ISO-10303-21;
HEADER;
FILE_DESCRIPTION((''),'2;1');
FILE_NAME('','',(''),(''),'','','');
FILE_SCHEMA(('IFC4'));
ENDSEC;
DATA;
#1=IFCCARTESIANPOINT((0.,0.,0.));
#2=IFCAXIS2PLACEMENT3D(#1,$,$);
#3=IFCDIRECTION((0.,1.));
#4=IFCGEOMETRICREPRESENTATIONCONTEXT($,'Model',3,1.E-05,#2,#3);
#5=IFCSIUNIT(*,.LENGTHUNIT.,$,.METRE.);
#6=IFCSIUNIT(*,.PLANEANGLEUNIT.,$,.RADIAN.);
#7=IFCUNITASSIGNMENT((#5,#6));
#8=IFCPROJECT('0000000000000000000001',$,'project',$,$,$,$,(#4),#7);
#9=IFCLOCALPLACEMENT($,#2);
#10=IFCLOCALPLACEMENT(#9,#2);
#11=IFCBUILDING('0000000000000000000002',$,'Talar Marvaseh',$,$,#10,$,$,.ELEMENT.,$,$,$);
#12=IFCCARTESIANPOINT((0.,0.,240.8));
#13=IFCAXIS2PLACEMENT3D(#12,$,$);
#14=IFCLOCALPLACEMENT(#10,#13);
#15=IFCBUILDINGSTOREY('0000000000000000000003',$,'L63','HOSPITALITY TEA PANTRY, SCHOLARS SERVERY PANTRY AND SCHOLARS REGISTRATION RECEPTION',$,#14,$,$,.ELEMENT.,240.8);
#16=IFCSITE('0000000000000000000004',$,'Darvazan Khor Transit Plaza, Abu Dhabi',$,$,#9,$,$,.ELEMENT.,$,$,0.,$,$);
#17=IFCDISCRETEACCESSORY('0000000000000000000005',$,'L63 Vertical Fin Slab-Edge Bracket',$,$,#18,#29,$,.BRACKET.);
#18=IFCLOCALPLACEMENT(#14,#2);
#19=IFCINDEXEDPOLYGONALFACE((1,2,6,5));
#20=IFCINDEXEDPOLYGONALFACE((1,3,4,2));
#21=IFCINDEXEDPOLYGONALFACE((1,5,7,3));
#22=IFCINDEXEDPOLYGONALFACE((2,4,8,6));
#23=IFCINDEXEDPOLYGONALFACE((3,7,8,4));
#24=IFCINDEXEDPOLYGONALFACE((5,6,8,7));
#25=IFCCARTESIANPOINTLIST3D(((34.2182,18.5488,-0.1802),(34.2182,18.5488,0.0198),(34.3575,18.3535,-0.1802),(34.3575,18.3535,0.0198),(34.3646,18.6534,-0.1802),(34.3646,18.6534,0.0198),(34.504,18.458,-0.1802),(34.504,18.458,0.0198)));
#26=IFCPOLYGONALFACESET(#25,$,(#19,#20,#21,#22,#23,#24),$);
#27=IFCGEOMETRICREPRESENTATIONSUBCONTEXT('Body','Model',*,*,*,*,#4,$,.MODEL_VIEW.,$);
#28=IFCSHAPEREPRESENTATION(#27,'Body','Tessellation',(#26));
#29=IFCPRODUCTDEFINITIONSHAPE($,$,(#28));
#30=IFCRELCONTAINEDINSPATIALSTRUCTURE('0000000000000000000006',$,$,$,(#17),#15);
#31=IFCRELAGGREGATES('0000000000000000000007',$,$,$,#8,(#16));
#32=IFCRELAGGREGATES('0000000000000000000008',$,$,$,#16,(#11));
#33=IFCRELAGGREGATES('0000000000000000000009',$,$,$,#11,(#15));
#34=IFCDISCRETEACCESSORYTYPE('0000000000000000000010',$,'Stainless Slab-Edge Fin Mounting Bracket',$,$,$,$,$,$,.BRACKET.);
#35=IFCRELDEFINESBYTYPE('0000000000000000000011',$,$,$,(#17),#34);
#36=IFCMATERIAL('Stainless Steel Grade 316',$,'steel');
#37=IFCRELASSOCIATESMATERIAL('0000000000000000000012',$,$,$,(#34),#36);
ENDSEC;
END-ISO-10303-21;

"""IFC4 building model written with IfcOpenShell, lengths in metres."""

from ifc_helpers import new_model, si_unit, direction, frame, origin, origin_2d, place, context, subcontext, project, spatial, rectangle, extrude, source, transform, mapped, material, type_object, type_shapes, element, save


model = new_model("IFC4")

# Units and contexts
model_context = context("Model", 3, precision=1e-05, world=origin(), true_north=direction((0.0, 1.0)))
body_context = subcontext(model_context, "Body", "Model", "MODEL_VIEW")
ifc_project = project(units=[si_unit("LENGTHUNIT", "METRE"), si_unit("PLANEANGLEUNIT", "RADIAN")], contexts=[model_context])

# Site, building, storey
site_placement = place(None, origin())
site = spatial("IfcSite", under=ifc_project, at=site_placement, Name="Darvazan Khor Transit Plaza, Abu Dhabi", CompositionType="ELEMENT", RefElevation=0.0)
building_placement = place(site_placement, origin())
building = spatial("IfcBuilding", under=site, at=building_placement, Name="Talar Marvaseh", CompositionType="ELEMENT")
storey_placement = place(building_placement, frame((0.0, 0.0, 240.8)))
storey = spatial("IfcBuildingStorey", under=building, at=storey_placement, Name="L63", Description="HOSPITALITY TEA PANTRY, SCHOLARS SERVERY PANTRY AND SCHOLARS REGISTRATION RECEPTION", CompositionType="ELEMENT", Elevation=240.8)

# Discrete accessory
ifc_material_1 = material(Name="Stainless Steel Grade 316", Category="steel")
discrete_accessory_type = type_object("IfcDiscreteAccessoryType", Name="Stainless Slab-Edge Fin Mounting Bracket", PredefinedType="BRACKET", material=ifc_material_1)
shared_shape_1 = source(origin(), body_context, "Body", "SweptSolid", [
    extrude(rectangle(XDim=0.24, YDim=0.1799, at=origin_2d()), origin(), (0.0, 0.0, 1.0), 0.2),
])
type_shapes(discrete_accessory_type, [shared_shape_1])
discrete_accessory_placement = place(storey_placement, frame((34.3611, 18.5034, -0.1802), z_axis=(0.0, 0.0, 1.0), x_axis=(0.580845, -0.814014, 0.0)))
element("IfcDiscreteAccessory", 1, at=discrete_accessory_placement, inside=storey, type_object=discrete_accessory_type, Name="L63 Vertical Fin Slab-Edge Bracket", PredefinedType="BRACKET", context=body_context, shape_type="MappedRepresentation", body=[
    mapped(shared_shape_1, transform((0.0, 0.0, 0.0), x_axis=(1.0, 0.0, 0.0), y_axis=(0.0, 1.0, 0.0), z_axis=(0.0, 0.0, 1.0), scale=1.0)),
])

save(model, "model.ifc")
